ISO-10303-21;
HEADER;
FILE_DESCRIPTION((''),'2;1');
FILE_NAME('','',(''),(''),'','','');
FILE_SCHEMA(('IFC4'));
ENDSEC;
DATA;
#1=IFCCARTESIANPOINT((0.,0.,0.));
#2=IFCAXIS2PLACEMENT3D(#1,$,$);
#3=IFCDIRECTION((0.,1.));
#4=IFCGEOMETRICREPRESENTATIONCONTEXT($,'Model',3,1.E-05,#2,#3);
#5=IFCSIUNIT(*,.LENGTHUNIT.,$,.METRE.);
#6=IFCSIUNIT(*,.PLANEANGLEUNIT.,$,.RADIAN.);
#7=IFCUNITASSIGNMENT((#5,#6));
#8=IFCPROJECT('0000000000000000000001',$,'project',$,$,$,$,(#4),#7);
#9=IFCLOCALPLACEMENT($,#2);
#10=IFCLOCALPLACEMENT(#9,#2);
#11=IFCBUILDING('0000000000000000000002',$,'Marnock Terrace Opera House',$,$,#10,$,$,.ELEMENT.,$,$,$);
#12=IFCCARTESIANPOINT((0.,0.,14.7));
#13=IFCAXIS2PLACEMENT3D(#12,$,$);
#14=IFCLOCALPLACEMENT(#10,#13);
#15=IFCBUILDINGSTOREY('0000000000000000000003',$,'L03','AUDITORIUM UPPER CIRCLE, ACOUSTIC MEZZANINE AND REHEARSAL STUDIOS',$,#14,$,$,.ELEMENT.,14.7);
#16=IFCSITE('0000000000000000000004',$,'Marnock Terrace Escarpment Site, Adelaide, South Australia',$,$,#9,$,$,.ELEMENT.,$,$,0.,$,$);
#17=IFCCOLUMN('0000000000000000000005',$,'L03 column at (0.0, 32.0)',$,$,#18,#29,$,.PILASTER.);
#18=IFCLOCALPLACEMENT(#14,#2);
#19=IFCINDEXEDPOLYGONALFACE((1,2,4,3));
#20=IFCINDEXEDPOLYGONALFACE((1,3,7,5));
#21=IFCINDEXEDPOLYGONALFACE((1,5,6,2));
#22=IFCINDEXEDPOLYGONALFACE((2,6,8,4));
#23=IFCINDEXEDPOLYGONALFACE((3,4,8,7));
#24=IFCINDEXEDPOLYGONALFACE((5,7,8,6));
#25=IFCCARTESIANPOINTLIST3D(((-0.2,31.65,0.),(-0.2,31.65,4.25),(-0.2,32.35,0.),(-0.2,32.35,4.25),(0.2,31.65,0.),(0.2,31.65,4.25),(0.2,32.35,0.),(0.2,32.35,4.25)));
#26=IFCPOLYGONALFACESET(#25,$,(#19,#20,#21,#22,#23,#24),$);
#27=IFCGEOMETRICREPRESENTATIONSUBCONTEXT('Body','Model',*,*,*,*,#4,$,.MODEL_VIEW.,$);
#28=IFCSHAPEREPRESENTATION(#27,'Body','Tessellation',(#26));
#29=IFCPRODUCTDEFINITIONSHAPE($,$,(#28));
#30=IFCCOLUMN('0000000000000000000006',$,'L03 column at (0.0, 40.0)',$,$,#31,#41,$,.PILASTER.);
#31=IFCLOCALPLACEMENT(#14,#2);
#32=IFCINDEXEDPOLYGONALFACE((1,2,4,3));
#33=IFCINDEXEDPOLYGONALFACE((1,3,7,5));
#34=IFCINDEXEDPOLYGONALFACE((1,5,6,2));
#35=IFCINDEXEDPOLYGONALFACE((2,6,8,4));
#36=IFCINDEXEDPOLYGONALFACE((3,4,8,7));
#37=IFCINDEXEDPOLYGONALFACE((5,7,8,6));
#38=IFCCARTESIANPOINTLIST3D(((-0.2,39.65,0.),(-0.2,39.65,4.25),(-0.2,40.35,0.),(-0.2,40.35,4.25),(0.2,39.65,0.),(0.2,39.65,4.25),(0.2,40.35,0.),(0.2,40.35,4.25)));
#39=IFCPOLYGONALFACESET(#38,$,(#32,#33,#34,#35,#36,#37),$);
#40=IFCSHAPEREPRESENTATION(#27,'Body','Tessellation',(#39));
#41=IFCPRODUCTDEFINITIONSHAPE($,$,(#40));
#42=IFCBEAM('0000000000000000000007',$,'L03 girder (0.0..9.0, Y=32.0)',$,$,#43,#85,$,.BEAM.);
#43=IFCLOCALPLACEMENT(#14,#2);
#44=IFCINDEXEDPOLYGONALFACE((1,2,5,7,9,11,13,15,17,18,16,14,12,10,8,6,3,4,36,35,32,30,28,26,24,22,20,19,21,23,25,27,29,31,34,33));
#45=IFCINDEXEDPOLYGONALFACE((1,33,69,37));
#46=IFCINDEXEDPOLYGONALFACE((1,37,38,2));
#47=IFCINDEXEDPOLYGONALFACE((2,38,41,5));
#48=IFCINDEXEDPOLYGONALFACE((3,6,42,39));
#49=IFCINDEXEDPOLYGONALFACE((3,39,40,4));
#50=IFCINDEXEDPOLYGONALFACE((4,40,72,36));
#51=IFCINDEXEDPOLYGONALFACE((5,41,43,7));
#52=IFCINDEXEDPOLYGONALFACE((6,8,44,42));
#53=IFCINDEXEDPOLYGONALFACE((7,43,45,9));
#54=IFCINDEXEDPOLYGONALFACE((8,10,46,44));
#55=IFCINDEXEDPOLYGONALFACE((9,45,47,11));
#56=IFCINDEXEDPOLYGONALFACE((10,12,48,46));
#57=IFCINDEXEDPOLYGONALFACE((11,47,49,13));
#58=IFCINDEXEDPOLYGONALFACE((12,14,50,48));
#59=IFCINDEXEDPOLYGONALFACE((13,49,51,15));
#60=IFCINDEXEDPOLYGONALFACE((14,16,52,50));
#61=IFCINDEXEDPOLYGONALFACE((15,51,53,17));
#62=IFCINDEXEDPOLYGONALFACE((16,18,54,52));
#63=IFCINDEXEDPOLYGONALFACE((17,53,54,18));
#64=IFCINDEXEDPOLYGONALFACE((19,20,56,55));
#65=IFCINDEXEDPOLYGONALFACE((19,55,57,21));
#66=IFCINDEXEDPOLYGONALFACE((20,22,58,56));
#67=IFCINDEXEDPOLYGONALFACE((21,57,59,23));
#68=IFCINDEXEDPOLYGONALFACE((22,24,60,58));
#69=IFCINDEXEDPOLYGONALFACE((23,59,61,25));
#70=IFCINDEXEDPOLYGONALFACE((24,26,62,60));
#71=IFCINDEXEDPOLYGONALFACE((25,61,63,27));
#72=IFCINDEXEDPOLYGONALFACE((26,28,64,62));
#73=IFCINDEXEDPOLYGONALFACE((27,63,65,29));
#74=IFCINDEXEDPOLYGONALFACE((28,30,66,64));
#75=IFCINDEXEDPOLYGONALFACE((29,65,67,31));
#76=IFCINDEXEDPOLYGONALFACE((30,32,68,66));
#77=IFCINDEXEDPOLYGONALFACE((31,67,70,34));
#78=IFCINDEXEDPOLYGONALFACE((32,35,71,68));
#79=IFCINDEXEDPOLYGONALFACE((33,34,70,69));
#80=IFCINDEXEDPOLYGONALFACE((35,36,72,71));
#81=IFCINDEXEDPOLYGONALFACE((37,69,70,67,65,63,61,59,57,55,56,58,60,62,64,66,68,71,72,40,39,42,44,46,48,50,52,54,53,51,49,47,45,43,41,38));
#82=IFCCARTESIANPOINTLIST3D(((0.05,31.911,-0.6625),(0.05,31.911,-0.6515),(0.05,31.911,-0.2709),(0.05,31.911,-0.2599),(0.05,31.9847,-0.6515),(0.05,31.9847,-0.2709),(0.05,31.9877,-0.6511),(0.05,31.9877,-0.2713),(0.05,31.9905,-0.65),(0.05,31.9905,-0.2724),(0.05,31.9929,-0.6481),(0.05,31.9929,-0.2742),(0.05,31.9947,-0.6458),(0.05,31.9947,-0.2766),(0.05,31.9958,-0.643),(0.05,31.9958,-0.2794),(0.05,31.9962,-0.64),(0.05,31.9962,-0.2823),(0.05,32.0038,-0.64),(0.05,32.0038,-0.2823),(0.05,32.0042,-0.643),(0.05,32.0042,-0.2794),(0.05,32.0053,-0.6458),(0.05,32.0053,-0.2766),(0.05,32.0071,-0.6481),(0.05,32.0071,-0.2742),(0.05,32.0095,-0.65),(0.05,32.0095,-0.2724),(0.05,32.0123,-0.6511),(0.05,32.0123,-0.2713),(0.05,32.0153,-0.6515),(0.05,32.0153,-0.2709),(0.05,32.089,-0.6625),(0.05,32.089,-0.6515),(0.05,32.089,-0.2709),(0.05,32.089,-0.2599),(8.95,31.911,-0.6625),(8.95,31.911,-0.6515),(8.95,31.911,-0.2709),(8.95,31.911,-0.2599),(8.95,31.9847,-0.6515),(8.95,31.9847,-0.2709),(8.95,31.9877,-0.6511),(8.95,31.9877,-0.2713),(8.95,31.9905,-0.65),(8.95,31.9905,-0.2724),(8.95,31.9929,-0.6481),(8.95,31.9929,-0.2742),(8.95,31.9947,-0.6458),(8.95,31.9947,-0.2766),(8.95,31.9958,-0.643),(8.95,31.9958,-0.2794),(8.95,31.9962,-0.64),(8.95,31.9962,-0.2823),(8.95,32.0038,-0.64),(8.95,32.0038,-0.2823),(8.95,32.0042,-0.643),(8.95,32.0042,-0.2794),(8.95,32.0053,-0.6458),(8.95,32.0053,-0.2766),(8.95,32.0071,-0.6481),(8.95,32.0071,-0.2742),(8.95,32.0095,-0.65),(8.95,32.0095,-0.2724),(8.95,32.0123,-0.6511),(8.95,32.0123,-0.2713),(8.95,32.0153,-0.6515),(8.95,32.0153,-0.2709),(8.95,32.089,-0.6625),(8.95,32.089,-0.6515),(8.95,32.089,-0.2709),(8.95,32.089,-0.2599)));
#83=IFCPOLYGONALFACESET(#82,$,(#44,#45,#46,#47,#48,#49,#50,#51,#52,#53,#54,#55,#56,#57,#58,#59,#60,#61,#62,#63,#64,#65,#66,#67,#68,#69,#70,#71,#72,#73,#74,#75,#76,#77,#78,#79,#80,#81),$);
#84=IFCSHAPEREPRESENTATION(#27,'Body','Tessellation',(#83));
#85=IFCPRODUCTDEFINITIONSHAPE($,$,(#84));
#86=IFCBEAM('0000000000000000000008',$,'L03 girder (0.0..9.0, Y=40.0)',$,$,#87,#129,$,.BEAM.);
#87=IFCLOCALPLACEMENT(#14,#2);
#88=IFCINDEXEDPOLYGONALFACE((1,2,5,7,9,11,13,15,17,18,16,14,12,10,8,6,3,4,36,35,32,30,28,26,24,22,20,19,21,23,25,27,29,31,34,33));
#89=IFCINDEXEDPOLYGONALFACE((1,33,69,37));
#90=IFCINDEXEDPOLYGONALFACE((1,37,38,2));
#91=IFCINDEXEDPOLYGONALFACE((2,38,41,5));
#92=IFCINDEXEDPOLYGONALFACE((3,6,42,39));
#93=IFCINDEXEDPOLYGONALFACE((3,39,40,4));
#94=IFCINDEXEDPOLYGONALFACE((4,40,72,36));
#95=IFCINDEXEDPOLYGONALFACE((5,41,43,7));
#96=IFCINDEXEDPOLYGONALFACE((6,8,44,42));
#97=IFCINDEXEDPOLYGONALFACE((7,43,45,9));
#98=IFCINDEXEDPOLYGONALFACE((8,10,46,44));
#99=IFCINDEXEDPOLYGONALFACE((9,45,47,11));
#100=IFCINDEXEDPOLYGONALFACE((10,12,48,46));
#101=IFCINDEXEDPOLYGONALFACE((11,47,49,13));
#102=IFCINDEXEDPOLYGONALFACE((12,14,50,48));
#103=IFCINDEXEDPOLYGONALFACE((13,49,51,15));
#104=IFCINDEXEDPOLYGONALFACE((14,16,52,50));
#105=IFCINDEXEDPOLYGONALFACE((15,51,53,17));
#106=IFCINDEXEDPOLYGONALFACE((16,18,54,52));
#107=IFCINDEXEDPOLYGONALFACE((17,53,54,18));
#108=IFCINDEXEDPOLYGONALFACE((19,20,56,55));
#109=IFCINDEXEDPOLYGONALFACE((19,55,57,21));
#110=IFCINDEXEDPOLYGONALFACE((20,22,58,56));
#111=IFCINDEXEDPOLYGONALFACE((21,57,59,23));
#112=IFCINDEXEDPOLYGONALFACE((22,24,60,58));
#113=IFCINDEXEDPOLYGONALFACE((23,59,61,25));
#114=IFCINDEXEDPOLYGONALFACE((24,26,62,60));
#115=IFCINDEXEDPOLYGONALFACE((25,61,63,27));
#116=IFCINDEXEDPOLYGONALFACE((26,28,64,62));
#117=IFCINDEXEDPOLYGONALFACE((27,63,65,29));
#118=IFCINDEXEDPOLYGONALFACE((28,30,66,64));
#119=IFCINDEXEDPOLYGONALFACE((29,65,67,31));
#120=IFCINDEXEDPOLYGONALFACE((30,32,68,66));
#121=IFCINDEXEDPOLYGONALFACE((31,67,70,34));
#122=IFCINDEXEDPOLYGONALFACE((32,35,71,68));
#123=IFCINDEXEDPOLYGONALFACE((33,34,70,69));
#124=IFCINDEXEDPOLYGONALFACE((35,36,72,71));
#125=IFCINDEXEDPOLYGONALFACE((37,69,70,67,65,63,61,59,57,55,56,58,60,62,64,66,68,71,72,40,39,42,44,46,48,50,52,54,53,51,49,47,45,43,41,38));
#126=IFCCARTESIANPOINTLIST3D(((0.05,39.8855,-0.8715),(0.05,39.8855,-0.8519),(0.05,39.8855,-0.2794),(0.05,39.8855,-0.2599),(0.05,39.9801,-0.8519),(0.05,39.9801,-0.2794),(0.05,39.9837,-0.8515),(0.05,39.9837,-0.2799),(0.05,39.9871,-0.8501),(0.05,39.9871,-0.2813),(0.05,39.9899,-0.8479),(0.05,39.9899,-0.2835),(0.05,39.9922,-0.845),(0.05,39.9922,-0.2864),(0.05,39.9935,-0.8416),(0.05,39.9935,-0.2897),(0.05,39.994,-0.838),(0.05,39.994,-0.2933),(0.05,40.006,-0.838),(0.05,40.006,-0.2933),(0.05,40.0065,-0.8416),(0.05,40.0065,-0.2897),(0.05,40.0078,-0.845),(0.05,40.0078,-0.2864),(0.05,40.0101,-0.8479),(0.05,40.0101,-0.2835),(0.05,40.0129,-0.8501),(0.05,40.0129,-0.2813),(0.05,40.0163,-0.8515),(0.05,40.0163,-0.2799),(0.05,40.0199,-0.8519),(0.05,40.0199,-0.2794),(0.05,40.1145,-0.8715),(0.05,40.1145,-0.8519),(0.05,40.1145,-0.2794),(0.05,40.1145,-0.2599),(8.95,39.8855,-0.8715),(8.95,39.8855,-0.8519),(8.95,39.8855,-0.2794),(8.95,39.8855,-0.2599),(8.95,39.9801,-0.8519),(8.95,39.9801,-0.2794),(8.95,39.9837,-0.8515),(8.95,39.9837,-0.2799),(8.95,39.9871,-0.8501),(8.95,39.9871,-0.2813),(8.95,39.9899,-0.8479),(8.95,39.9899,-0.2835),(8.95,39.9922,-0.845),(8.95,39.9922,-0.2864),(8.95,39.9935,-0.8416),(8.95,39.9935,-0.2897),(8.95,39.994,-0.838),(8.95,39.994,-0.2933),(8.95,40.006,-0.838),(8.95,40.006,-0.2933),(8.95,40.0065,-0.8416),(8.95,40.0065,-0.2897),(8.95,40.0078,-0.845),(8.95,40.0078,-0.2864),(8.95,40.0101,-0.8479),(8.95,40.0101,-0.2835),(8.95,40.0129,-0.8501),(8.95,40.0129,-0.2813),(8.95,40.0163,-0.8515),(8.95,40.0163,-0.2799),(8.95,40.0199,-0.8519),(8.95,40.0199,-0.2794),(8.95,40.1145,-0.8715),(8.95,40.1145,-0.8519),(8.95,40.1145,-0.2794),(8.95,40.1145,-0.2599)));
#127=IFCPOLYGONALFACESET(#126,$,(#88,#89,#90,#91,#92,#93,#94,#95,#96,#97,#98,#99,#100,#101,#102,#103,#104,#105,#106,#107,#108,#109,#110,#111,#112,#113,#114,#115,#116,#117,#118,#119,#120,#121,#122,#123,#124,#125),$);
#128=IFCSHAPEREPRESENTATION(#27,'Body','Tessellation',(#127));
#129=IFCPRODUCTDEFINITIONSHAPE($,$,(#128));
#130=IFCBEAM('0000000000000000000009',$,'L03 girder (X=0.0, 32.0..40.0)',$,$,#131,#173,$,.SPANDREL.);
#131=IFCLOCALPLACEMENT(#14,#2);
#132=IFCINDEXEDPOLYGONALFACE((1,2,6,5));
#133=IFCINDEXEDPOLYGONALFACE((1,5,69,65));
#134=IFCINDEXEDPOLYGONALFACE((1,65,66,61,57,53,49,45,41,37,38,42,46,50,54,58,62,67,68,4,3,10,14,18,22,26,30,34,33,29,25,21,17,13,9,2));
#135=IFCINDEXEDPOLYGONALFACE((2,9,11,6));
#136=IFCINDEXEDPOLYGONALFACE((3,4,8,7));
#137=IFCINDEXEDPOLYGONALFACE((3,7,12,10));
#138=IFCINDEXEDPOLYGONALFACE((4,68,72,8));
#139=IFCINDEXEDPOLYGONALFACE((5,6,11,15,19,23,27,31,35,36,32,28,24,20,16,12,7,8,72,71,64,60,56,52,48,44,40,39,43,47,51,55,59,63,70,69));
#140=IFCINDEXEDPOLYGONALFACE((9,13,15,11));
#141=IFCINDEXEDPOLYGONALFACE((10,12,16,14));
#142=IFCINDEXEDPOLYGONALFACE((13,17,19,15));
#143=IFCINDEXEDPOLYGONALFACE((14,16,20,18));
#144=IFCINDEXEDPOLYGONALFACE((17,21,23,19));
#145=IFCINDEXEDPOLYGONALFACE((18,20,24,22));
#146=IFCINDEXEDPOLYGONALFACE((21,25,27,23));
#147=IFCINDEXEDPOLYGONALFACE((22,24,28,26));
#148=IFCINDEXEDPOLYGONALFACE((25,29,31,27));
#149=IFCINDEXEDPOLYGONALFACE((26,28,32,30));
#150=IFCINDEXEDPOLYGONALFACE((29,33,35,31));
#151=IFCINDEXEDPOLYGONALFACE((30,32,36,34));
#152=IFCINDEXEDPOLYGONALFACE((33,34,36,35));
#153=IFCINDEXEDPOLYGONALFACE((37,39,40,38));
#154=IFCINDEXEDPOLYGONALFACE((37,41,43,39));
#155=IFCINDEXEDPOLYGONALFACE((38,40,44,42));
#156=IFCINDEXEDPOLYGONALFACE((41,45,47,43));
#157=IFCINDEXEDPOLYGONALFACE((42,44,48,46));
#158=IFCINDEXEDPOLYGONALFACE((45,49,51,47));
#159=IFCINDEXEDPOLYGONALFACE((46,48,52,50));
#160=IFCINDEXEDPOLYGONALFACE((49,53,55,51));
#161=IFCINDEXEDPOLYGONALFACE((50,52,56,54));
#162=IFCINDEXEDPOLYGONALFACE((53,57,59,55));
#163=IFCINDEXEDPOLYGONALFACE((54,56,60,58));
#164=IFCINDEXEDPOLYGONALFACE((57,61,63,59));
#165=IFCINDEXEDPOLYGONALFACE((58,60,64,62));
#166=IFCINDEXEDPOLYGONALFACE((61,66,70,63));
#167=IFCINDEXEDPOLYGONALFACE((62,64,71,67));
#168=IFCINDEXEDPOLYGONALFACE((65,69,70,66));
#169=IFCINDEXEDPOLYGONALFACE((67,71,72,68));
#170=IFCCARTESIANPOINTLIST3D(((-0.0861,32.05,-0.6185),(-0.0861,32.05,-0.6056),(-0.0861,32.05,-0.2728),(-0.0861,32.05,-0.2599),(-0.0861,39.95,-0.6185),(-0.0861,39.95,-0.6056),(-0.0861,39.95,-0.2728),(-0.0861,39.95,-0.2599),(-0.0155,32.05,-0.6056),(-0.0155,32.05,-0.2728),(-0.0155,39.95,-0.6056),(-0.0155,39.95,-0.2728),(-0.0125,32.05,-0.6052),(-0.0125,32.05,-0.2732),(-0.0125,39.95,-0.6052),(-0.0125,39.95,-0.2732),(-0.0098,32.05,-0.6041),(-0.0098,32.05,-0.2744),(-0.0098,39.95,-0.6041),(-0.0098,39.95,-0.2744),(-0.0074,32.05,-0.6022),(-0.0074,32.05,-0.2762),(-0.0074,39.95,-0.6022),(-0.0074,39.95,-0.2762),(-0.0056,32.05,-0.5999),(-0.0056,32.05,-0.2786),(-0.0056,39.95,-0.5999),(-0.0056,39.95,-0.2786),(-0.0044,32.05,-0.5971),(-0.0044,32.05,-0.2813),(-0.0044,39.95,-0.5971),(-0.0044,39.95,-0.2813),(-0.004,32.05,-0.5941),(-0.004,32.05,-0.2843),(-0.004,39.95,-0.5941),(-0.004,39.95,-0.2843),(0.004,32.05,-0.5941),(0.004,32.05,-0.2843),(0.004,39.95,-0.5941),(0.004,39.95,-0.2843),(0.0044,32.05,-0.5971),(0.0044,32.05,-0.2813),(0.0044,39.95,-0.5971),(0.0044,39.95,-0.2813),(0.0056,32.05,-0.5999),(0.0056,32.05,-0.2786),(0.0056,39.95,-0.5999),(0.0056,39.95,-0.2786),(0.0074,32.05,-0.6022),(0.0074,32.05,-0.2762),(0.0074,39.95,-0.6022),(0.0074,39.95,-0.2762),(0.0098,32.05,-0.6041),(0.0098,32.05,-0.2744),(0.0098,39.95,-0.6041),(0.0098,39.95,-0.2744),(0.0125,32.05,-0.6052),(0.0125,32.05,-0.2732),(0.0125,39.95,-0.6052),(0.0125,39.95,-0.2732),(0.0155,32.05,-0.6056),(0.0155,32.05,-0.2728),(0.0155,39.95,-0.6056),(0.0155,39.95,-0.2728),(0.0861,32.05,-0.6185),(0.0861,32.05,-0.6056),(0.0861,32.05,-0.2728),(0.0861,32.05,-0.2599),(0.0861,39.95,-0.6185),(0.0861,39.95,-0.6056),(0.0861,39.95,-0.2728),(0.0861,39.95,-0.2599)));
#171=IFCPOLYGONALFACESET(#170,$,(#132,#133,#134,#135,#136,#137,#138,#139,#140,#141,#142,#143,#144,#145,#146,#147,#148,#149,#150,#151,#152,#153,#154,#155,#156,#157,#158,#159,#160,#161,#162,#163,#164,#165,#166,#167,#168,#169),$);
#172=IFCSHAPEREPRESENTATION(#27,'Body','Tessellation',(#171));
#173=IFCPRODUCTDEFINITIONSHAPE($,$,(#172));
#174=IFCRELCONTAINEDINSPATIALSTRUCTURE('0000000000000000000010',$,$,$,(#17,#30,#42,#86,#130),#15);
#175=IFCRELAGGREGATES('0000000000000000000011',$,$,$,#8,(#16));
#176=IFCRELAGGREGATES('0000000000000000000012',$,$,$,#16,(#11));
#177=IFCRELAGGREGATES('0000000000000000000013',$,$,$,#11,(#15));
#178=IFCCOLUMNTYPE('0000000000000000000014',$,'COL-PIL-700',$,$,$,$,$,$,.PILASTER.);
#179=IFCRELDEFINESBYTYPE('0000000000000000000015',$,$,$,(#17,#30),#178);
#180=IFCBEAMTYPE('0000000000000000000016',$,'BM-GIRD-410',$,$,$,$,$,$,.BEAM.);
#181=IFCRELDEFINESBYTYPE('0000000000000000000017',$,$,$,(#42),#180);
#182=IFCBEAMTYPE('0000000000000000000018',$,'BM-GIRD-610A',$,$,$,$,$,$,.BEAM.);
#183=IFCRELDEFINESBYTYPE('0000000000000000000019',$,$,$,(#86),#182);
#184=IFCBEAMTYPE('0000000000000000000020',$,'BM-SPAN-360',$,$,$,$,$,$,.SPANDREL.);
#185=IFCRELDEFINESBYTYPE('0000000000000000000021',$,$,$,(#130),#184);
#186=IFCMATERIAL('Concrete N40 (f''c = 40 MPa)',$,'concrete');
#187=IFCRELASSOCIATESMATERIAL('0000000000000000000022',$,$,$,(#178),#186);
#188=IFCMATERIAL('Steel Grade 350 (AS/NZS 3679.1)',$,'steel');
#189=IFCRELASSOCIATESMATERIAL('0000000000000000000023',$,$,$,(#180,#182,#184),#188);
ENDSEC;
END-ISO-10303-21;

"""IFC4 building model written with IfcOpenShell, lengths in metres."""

from ifc_helpers import new_model, si_unit, direction, frame, origin, origin_2d, place, context, subcontext, project, spatial, rectangle, i_section, extrude, material, material_profile, profile_set, type_object, element, save


model = new_model("IFC4")

# Units and contexts
model_context = context("Model", 3, precision=1e-05, world=origin(), true_north=direction((0.0, 1.0)))
body_context = subcontext(model_context, "Body", "Model", "MODEL_VIEW")
ifc_project = project(units=[si_unit("LENGTHUNIT", "METRE"), si_unit("PLANEANGLEUNIT", "RADIAN")], contexts=[model_context])

# Site, building, storey
site_placement = place(None, origin())
site = spatial("IfcSite", under=ifc_project, at=site_placement, Name="Marnock Terrace Escarpment Site, Adelaide, South Australia", CompositionType="ELEMENT", RefElevation=0.0)
building_placement = place(site_placement, origin())
building = spatial("IfcBuilding", under=site, at=building_placement, Name="Marnock Terrace Opera House", CompositionType="ELEMENT")
storey_placement = place(building_placement, frame((0.0, 0.0, 14.7)))
storey = spatial("IfcBuildingStorey", under=building, at=storey_placement, Name="L03", Description="AUDITORIUM UPPER CIRCLE, ACOUSTIC MEZZANINE AND REHEARSAL STUDIOS", CompositionType="ELEMENT", Elevation=14.7)

# Columns
ifc_material_1 = material(Name="Concrete N40 (f'c = 40 MPa)", Category="concrete")
ifc_material_profile_1 = material_profile(ifc_material_1, rectangle(XDim=0.3999, YDim=0.7, at=origin_2d()))
ifc_profile_set_1 = profile_set([ifc_material_profile_1], Name="Concrete N40 (f'c = 40 MPa)")
column_type = type_object("IfcColumnType", Name="COL-PIL-700", PredefinedType="PILASTER", material=ifc_profile_set_1)
for number, where, z_axis, x_axis, name in (
    (1, (0.0, 32.0, 0.0), (0.0, 0.0, 1.0), (1.0, 0.0, 0.0), "L03 column at (0.0, 32.0)"),
    (2, (0.0, 40.0, 0.0), (0.0, 0.0, 1.0), (1.0, 0.0, 0.0), "L03 column at (0.0, 40.0)"),
):
    element("IfcColumn", number, at=place(storey_placement, frame(where, z_axis=z_axis, x_axis=x_axis)), inside=storey, type_object=column_type, Name=name, PredefinedType="PILASTER", context=body_context, shape_type="SweptSolid", body=[
        extrude(rectangle(XDim=0.3999, YDim=0.7, at=origin_2d()), origin(), (0.0, 0.0, 1.0), 4.25),
    ])

# Beams
ifc_material_2 = material(Name="Steel Grade 350 (AS/NZS 3679.1)", Category="steel")
ifc_material_profile_2 = material_profile(ifc_material_2, i_section(OverallWidth=0.178, OverallDepth=0.4026, WebThickness=0.0076, FlangeThickness=0.011, FilletRadius=0.0115, at=origin_2d()))
ifc_profile_set_2 = profile_set([ifc_material_profile_2], Name="Steel Grade 350 (AS/NZS 3679.1)")
beam_type_1 = type_object("IfcBeamType", Name="BM-GIRD-410", PredefinedType="BEAM", material=ifc_profile_set_2)
beam_1_placement = place(storey_placement, frame((0.05, 32.0, -0.4612), z_axis=(1.0, 0.0, 0.0), x_axis=(0.0, 1.0, 0.0)))
element("IfcBeam", 3, at=beam_1_placement, inside=storey, type_object=beam_type_1, Name="L03 girder (0.0..9.0, Y=32.0)", PredefinedType="BEAM", context=body_context, shape_type="SweptSolid", body=[
    extrude(i_section(OverallWidth=0.178, OverallDepth=0.4026, WebThickness=0.0076, FlangeThickness=0.011, FilletRadius=0.0115, at=origin_2d()), origin(), (0.0, 0.0, 1.0), 8.8999),
])
ifc_material_profile_3 = material_profile(ifc_material_2, i_section(OverallWidth=0.229, OverallDepth=0.6116, WebThickness=0.012, FlangeThickness=0.0195, FilletRadius=0.0139, at=origin_2d()))
ifc_profile_set_3 = profile_set([ifc_material_profile_3], Name="Steel Grade 350 (AS/NZS 3679.1)")
beam_type_2 = type_object("IfcBeamType", Name="BM-GIRD-610A", PredefinedType="BEAM", material=ifc_profile_set_3)
beam_2_placement = place(storey_placement, frame((0.05, 40.0, -0.5657), z_axis=(1.0, 0.0, 0.0), x_axis=(0.0, 1.0, 0.0)))
element("IfcBeam", 4, at=beam_2_placement, inside=storey, type_object=beam_type_2, Name="L03 girder (0.0..9.0, Y=40.0)", PredefinedType="BEAM", context=body_context, shape_type="SweptSolid", body=[
    extrude(i_section(OverallWidth=0.229, OverallDepth=0.6116, WebThickness=0.012, FlangeThickness=0.0195, FilletRadius=0.0139, at=origin_2d()), origin(), (0.0, 0.0, 1.0), 8.8999),
])
ifc_material_profile_4 = material_profile(ifc_material_2, i_section(OverallWidth=0.1721, OverallDepth=0.3586, WebThickness=0.0081, FlangeThickness=0.0129, FilletRadius=0.0115, at=origin_2d()))
ifc_profile_set_4 = profile_set([ifc_material_profile_4], Name="Steel Grade 350 (AS/NZS 3679.1)")
beam_type_3 = type_object("IfcBeamType", Name="BM-SPAN-360", PredefinedType="SPANDREL", material=ifc_profile_set_4)
for number, where, z_axis, x_axis, name in (
    (5, (0.0, 32.05, -0.4392), (0.0, 1.0, 0.0), (-1.0, 0.0, 0.0), "L03 girder (X=0.0, 32.0..40.0)"),
):
    element("IfcBeam", number, at=place(storey_placement, frame(where, z_axis=z_axis, x_axis=x_axis)), inside=storey, type_object=beam_type_3, Name=name, PredefinedType="SPANDREL", context=body_context, shape_type="SweptSolid", body=[
        extrude(i_section(OverallWidth=0.1721, OverallDepth=0.3586, WebThickness=0.0081, FlangeThickness=0.0129, FilletRadius=0.0115, at=origin_2d()), origin(), (0.0, 0.0, 1.0), 7.8999),
    ])

save(model, "model.ifc")
